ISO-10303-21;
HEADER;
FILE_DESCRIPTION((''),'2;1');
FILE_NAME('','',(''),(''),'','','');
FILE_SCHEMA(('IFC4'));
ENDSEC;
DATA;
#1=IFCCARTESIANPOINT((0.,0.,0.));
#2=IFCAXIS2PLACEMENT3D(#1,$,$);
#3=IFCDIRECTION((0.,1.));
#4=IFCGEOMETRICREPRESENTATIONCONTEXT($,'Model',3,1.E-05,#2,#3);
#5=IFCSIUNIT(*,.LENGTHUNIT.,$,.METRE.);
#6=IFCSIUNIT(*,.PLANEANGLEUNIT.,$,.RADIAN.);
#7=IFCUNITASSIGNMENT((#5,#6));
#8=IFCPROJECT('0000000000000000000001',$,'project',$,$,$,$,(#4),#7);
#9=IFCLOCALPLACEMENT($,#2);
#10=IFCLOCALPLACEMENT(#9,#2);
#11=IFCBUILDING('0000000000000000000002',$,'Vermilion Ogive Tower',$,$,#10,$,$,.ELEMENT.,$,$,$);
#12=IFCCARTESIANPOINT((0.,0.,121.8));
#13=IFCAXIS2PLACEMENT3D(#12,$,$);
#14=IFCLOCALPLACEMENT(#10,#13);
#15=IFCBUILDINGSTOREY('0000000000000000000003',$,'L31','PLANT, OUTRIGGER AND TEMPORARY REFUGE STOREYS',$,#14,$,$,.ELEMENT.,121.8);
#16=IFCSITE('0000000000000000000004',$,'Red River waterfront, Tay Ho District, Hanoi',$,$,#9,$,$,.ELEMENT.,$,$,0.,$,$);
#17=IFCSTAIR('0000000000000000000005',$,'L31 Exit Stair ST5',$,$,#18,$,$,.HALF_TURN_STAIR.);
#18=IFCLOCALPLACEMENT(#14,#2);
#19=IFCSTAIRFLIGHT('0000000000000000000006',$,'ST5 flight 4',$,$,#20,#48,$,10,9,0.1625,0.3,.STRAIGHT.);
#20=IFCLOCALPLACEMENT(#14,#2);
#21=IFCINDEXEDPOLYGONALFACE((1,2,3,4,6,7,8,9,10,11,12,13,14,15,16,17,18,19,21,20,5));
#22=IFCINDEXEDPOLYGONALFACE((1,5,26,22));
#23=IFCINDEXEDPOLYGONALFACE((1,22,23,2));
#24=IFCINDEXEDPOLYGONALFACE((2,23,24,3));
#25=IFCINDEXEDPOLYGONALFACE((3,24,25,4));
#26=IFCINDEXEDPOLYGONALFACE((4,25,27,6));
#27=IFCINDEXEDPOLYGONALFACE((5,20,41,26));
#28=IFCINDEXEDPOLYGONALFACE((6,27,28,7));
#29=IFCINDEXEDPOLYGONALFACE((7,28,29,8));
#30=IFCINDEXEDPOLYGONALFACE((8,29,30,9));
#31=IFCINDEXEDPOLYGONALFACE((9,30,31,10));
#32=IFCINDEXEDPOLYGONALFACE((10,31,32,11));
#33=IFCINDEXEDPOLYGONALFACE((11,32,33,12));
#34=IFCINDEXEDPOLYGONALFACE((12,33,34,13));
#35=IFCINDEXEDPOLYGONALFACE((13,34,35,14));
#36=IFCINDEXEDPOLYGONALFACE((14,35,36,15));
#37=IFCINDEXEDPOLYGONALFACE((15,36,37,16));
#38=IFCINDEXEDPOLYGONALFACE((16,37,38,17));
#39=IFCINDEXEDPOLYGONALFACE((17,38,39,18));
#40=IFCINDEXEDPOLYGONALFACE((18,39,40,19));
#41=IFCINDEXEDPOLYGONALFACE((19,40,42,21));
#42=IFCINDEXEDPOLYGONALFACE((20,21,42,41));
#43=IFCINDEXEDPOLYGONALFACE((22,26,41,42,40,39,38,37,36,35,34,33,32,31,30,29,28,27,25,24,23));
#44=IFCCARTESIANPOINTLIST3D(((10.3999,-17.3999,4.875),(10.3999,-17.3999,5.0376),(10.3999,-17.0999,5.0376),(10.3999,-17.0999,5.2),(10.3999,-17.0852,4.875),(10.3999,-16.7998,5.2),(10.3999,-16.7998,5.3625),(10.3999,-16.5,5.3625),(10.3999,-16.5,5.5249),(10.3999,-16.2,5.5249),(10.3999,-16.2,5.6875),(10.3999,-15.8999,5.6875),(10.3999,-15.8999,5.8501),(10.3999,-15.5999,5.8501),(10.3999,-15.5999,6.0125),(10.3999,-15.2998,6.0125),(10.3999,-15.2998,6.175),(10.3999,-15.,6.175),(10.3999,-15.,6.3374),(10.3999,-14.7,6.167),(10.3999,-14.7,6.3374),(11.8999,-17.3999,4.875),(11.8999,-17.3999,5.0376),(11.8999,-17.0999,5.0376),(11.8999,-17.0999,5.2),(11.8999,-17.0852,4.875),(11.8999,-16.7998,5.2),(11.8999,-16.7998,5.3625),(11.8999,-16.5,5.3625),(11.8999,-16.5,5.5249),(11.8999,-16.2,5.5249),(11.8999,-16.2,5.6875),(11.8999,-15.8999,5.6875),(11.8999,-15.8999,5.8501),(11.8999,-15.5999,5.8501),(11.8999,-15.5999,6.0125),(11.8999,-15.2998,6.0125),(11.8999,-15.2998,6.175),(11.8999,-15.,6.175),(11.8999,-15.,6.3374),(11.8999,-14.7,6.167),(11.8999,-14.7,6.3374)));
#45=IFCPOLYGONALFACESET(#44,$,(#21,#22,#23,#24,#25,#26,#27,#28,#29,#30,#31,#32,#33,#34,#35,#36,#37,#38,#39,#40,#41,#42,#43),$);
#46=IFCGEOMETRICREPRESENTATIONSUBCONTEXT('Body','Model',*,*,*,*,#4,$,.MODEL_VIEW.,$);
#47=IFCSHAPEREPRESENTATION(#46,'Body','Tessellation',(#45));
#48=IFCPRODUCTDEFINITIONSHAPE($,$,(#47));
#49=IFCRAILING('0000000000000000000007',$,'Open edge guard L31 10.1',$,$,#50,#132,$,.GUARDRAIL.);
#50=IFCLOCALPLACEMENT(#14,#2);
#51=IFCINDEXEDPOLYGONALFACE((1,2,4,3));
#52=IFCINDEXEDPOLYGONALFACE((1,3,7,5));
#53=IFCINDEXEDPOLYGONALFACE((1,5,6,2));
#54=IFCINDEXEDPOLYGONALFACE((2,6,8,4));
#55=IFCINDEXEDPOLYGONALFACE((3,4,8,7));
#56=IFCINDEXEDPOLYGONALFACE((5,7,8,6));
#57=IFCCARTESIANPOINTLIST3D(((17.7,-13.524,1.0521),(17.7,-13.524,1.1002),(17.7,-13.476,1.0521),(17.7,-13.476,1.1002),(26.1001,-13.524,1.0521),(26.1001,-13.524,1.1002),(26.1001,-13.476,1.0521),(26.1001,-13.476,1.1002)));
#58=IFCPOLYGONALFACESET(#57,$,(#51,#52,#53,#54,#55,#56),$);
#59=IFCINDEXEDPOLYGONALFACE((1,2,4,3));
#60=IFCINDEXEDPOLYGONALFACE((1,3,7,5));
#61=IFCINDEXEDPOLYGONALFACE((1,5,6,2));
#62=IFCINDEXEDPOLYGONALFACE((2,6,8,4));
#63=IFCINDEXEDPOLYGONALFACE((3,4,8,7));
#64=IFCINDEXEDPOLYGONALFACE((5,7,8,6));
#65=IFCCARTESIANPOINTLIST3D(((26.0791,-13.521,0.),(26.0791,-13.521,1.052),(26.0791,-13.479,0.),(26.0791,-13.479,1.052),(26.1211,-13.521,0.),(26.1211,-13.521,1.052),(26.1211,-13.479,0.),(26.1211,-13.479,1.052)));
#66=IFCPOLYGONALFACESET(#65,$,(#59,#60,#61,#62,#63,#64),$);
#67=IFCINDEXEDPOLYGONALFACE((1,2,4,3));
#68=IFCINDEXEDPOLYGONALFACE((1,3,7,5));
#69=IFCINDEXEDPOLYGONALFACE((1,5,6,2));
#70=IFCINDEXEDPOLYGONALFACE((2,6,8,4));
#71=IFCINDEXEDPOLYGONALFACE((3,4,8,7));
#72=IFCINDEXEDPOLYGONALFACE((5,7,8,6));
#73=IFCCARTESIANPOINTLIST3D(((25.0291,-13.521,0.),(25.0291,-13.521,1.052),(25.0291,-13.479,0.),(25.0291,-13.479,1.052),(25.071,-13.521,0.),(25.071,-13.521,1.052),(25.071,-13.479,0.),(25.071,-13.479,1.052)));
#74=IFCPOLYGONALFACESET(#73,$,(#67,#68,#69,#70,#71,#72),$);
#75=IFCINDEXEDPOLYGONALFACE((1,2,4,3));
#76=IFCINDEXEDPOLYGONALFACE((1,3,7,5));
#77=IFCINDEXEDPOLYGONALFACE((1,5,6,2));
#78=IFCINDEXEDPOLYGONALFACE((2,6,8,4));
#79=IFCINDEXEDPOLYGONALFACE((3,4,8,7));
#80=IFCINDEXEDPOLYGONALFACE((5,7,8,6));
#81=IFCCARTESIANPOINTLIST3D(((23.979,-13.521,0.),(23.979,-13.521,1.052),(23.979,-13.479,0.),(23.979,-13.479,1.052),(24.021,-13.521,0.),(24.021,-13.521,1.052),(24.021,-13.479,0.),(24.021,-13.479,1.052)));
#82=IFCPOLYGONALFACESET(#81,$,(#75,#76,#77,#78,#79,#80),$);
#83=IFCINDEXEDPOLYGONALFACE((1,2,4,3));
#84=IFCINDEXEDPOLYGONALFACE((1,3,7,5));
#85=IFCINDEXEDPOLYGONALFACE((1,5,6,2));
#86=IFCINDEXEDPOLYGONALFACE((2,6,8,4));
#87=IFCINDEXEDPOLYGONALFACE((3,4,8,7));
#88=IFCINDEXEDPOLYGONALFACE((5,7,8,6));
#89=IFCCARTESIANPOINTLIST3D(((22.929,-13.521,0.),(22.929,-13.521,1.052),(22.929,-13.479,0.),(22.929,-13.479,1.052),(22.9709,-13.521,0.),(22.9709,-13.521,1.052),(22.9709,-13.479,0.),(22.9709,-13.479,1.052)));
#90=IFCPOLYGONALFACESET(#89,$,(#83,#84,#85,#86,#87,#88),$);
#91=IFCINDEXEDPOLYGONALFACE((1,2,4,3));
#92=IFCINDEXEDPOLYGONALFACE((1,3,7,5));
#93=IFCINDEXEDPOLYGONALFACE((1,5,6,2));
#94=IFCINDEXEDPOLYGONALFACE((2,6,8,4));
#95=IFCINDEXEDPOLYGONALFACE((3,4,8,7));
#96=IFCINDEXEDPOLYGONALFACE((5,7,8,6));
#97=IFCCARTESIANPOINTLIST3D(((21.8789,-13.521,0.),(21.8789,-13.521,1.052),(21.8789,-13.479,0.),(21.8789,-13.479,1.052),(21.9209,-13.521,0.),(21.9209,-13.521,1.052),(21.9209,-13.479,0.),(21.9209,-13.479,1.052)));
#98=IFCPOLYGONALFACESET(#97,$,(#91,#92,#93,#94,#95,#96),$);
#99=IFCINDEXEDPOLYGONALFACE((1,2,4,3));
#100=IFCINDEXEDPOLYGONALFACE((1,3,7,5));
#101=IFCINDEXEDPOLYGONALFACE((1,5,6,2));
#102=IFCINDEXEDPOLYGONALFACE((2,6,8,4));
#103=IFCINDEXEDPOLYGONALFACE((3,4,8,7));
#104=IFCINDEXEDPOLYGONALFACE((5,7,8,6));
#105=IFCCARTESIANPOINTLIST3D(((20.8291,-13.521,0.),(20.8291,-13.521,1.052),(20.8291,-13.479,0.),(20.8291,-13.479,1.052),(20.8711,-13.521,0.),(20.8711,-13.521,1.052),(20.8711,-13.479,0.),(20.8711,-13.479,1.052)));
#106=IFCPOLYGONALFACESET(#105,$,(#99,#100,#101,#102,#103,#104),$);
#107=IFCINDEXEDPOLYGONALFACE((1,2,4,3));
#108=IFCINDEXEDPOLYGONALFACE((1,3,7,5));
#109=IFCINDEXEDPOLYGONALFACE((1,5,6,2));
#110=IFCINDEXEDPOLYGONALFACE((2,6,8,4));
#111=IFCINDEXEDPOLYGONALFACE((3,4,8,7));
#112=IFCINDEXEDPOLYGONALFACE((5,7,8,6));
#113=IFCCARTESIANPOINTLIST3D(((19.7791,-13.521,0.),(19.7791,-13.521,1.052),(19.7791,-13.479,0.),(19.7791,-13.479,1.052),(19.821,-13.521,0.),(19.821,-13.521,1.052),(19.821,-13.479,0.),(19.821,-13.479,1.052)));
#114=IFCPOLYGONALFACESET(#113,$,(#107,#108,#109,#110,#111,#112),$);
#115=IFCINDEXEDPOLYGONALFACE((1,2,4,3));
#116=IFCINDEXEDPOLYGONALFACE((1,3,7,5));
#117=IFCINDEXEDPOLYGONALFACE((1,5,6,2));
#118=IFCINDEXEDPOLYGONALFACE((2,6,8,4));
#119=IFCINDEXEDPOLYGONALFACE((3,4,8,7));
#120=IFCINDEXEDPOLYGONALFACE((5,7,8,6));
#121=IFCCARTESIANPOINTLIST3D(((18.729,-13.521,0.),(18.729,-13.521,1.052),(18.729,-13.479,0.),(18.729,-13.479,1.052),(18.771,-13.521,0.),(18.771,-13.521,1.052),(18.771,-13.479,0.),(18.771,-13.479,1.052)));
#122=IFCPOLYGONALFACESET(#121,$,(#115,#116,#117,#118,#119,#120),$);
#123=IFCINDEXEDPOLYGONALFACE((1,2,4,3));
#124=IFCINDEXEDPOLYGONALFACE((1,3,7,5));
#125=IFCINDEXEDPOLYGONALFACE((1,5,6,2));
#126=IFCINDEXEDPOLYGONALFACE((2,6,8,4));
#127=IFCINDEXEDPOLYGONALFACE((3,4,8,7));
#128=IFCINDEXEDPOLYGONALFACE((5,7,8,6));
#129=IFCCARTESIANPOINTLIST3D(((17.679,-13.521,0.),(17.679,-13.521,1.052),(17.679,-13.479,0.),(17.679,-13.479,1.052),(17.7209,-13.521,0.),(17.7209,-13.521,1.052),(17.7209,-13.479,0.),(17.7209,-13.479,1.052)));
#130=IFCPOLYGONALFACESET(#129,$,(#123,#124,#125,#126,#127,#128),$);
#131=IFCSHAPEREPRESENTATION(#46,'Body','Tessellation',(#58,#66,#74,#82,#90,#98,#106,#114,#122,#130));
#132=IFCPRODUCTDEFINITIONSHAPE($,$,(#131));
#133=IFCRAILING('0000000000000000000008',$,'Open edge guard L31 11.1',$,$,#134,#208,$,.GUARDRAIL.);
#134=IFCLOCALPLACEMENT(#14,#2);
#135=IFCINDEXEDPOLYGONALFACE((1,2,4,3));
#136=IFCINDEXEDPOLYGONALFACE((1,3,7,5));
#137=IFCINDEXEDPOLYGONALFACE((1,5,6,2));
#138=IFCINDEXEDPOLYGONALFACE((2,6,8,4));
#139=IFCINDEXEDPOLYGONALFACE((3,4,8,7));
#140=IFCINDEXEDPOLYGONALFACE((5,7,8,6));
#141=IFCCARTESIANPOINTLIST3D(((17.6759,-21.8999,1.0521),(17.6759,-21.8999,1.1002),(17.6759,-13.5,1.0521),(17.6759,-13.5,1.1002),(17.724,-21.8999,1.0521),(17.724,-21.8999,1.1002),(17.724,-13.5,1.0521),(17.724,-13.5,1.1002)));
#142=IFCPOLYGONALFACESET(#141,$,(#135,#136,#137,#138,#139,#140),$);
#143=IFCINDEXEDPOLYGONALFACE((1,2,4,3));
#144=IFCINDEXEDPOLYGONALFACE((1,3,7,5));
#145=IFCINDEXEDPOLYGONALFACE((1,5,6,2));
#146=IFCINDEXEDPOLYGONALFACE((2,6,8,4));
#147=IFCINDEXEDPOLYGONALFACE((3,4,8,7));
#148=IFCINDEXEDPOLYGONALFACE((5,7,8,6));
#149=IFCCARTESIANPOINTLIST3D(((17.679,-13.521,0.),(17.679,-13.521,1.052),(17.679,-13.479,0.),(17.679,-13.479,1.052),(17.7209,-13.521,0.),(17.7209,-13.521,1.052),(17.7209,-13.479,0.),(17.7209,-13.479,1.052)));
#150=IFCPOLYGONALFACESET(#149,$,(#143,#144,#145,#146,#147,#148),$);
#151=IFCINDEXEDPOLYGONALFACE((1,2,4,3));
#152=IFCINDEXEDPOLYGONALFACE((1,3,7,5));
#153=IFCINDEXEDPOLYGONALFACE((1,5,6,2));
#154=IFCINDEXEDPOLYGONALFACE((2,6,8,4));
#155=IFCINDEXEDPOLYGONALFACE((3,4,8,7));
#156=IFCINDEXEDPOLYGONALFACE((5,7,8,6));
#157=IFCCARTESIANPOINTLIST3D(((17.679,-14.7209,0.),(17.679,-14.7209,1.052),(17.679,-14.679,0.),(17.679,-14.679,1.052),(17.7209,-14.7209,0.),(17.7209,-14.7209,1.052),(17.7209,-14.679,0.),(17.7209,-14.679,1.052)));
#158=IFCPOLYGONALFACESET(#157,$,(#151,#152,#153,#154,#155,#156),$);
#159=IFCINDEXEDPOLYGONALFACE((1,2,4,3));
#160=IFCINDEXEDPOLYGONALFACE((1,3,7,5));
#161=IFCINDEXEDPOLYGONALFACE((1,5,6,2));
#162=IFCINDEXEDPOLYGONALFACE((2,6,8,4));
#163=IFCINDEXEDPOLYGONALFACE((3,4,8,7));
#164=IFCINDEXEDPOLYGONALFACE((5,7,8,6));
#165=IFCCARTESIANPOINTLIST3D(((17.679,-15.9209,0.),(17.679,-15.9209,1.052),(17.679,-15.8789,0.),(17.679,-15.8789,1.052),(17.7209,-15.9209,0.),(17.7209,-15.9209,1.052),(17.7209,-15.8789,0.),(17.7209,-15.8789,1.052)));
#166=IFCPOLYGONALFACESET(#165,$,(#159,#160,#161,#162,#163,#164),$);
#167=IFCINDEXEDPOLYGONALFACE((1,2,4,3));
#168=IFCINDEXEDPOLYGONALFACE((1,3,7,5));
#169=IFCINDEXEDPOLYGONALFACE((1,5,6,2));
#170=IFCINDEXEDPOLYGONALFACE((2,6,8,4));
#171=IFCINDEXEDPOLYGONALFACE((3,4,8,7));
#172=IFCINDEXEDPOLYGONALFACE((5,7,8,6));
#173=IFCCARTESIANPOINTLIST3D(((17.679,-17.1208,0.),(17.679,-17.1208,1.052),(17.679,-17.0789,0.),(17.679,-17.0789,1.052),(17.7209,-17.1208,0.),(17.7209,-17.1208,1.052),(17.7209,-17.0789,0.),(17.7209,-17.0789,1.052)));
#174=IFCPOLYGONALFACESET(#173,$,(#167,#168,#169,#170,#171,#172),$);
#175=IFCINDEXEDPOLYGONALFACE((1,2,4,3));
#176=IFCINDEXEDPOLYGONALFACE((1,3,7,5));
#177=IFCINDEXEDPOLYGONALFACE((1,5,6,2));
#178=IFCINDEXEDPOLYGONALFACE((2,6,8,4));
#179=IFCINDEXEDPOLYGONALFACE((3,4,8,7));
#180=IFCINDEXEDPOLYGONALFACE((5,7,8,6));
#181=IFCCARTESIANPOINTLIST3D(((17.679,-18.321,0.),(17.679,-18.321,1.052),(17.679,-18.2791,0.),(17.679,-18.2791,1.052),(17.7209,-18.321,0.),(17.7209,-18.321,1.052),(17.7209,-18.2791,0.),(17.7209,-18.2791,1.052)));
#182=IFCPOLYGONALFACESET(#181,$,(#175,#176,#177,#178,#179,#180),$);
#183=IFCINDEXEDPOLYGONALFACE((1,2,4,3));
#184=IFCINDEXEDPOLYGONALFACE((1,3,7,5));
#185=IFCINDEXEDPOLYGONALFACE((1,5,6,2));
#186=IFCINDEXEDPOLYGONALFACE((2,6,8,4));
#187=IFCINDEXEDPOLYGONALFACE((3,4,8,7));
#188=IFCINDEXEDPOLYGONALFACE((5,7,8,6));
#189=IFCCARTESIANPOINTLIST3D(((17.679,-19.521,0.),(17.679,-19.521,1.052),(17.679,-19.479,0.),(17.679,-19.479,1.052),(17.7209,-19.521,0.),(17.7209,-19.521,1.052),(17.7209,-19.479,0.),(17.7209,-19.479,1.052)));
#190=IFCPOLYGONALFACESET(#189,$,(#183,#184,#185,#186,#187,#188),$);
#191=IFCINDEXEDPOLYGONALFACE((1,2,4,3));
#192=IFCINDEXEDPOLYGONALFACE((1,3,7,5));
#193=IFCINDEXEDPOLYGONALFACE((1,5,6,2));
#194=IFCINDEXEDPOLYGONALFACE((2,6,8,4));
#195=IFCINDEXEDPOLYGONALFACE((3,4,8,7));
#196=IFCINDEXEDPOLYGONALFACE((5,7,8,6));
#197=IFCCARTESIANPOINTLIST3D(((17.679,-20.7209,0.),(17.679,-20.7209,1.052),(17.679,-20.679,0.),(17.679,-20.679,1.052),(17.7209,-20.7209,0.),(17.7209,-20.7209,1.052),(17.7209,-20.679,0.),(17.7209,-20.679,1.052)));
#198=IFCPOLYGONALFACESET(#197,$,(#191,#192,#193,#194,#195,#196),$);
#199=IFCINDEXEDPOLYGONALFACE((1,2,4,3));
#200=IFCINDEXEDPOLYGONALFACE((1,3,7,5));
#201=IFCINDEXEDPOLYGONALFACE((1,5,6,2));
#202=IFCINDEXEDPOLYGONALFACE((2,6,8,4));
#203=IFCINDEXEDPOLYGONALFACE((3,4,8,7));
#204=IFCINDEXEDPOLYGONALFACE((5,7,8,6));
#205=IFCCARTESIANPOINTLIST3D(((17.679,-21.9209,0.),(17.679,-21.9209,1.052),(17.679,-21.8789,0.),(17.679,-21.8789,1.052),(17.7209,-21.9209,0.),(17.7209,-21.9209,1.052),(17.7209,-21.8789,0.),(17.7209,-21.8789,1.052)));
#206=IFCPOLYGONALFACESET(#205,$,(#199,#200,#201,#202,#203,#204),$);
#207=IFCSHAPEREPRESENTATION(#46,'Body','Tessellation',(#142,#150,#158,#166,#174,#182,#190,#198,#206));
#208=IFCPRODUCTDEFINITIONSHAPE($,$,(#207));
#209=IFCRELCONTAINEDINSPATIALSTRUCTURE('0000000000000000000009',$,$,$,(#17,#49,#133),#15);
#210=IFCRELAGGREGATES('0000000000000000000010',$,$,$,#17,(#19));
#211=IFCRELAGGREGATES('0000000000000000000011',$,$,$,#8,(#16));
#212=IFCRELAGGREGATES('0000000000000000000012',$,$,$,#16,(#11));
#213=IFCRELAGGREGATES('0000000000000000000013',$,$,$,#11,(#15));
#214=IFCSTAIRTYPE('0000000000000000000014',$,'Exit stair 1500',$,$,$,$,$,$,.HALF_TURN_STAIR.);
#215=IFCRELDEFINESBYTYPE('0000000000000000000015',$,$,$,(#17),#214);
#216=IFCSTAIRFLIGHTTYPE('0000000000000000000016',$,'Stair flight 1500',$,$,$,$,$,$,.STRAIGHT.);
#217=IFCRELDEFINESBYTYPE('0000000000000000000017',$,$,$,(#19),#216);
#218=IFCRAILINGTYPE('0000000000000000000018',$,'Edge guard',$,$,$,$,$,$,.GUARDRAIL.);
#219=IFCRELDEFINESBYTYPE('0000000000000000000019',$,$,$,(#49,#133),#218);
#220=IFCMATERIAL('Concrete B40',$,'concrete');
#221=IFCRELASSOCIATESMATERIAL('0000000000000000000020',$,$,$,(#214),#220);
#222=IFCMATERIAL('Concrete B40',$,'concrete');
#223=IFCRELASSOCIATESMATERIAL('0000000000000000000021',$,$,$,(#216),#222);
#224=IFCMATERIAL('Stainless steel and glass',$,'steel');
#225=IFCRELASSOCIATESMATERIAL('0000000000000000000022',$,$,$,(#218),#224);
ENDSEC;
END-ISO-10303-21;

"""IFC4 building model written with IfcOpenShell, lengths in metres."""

from ifc_helpers import new_model, si_unit, direction, frame, origin, origin_2d, place, context, subcontext, project, spatial, polyline, rectangle, outline, extrude, material, type_object, element, aggregate, save


model = new_model("IFC4")

# Units and contexts
model_context = context("Model", 3, precision=1e-05, world=origin(), true_north=direction((0.0, 1.0)))
body_context = subcontext(model_context, "Body", "Model", "MODEL_VIEW")
ifc_project = project(units=[si_unit("LENGTHUNIT", "METRE"), si_unit("PLANEANGLEUNIT", "RADIAN")], contexts=[model_context])

# Site, building, storey
site_placement = place(None, origin())
site = spatial("IfcSite", under=ifc_project, at=site_placement, Name="Red River waterfront, Tay Ho District, Hanoi", CompositionType="ELEMENT", RefElevation=0.0)
building_placement = place(site_placement, origin())
building = spatial("IfcBuilding", under=site, at=building_placement, Name="Vermilion Ogive Tower", CompositionType="ELEMENT")
storey_placement = place(building_placement, frame((0.0, 0.0, 121.8)))
storey = spatial("IfcBuildingStorey", under=building, at=storey_placement, Name="L31", Description="PLANT, OUTRIGGER AND TEMPORARY REFUGE STOREYS", CompositionType="ELEMENT", Elevation=121.8)

# Stair, stair flight
ifc_material_1 = material(Name="Concrete B40", Category="concrete")
stair_type = type_object("IfcStairType", Name="Exit stair 1500", PredefinedType="HALF_TURN_STAIR", material=ifc_material_1)
stair_placement = place(storey_placement, origin())
stair = element("IfcStair", 1, at=stair_placement, inside=storey, type_object=stair_type, Name="L31 Exit Stair ST5", PredefinedType="HALF_TURN_STAIR")
ifc_material_2 = material(Name="Concrete B40", Category="concrete")
stair_flight_type = type_object("IfcStairFlightType", Name="Stair flight 1500", PredefinedType="STRAIGHT", material=ifc_material_2)
stair_flight_1_placement = place(storey_placement, frame((11.1499, -17.3999, 4.875), z_axis=(0.0, 0.0, 1.0), x_axis=(0.0, 1.0, 0.0)))
stair_flight_1 = element("IfcStairFlight", 2, at=stair_flight_1_placement, type_object=stair_flight_type, Name="ST5 flight 4", NumberOfRisers=10, NumberOfTreads=9, PredefinedType="STRAIGHT", RiserHeight=0.1625, TreadLength=0.3, context=body_context, shape_type="SweptSolid", body=[
    extrude(outline(polyline([(0.0, 0.0), (0.0, 0.1626), (0.3, 0.1626), (0.3, 0.325), (0.6001, 0.325), (0.6001, 0.4875), (0.8999, 0.4875), (0.8999, 0.6499), (1.2, 0.6499), (1.2, 0.8125), (1.5, 0.8125), (1.5, 0.9751), (1.8, 0.9751), (1.8, 1.1375), (2.1001, 1.1375), (2.1001, 1.3), (2.3999, 1.3), (2.3999, 1.4624), (2.7, 1.4624), (2.7, 1.625), (2.7, 1.292), (0.3147, 0.0), (0.0, 0.0)])), frame((0.0, 0.75, 0.0), z_axis=(0.0, -1.0, 0.0), x_axis=(1.0, 0.0, 0.0)), (0.0, 0.0, 1.0), 1.5),
])
aggregate(stair, [stair_flight_1])

# Railings
ifc_material_3 = material(Name="Stainless steel and glass", Category="steel")
railing_type_1 = type_object("IfcRailingType", Name="Edge guard", PredefinedType="GUARDRAIL", material=ifc_material_3)
railing_1_placement = place(storey_placement, frame((26.1001, -13.5, 0.0)))
element("IfcRailing", 3, at=railing_1_placement, inside=storey, type_object=railing_type_1, Name="Open edge guard L31 10.1", PredefinedType="GUARDRAIL", context=body_context, shape_type="SweptSolid", body=[
    extrude(rectangle(XDim=0.0481, YDim=0.0481, at=origin_2d()), frame((0.0, 0.0, 1.0762), z_axis=(-1.0, 0.0, 0.0), x_axis=(0.0, -1.0, 0.0)), (0.0, 0.0, 1.0), 8.4001),
    extrude(rectangle(XDim=0.042, YDim=0.042, at=origin_2d()), origin(), (0.0, 0.0, 1.0), 1.052),
    extrude(rectangle(XDim=0.042, YDim=0.042, at=origin_2d()), frame((-1.05, 0.0, 0.0)), (0.0, 0.0, 1.0), 1.052),
    extrude(rectangle(XDim=0.042, YDim=0.042, at=origin_2d()), frame((-2.1001, 0.0, 0.0)), (0.0, 0.0, 1.0), 1.052),
    extrude(rectangle(XDim=0.042, YDim=0.042, at=origin_2d()), frame((-3.1501, 0.0, 0.0)), (0.0, 0.0, 1.0), 1.052),
    extrude(rectangle(XDim=0.042, YDim=0.042, at=origin_2d()), frame((-4.2002, 0.0, 0.0)), (0.0, 0.0, 1.0), 1.052),
    extrude(rectangle(XDim=0.042, YDim=0.042, at=origin_2d()), frame((-5.25, 0.0, 0.0)), (0.0, 0.0, 1.0), 1.052),
    extrude(rectangle(XDim=0.042, YDim=0.042, at=origin_2d()), frame((-6.3, 0.0, 0.0)), (0.0, 0.0, 1.0), 1.052),
    extrude(rectangle(XDim=0.042, YDim=0.042, at=origin_2d()), frame((-7.3501, 0.0, 0.0)), (0.0, 0.0, 1.0), 1.052),
    extrude(rectangle(XDim=0.042, YDim=0.042, at=origin_2d()), frame((-8.4001, 0.0, 0.0)), (0.0, 0.0, 1.0), 1.052),
])
railing_2_placement = place(storey_placement, frame((17.7, -13.5, 0.0)))
element("IfcRailing", 4, at=railing_2_placement, inside=storey, type_object=railing_type_1, Name="Open edge guard L31 11.1", PredefinedType="GUARDRAIL", context=body_context, shape_type="SweptSolid", body=[
    extrude(rectangle(XDim=0.0481, YDim=0.0481, at=origin_2d()), frame((0.0, 0.0, 1.0762), z_axis=(0.0, -1.0, 0.0), x_axis=(1.0, 0.0, 0.0)), (0.0, 0.0, 1.0), 8.3999),
    extrude(rectangle(XDim=0.042, YDim=0.042, at=origin_2d()), origin(), (0.0, 0.0, 1.0), 1.052),
    extrude(rectangle(XDim=0.042, YDim=0.042, at=origin_2d()), frame((0.0, -1.2, 0.0)), (0.0, 0.0, 1.0), 1.052),
    extrude(rectangle(XDim=0.042, YDim=0.042, at=origin_2d()), frame((0.0, -2.3999, 0.0)), (0.0, 0.0, 1.0), 1.052),
    extrude(rectangle(XDim=0.042, YDim=0.042, at=origin_2d()), frame((0.0, -3.5999, 0.0)), (0.0, 0.0, 1.0), 1.052),
    extrude(rectangle(XDim=0.042, YDim=0.042, at=origin_2d()), frame((0.0, -4.8, 0.0)), (0.0, 0.0, 1.0), 1.052),
    extrude(rectangle(XDim=0.042, YDim=0.042, at=origin_2d()), frame((0.0, -6.0, 0.0)), (0.0, 0.0, 1.0), 1.052),
    extrude(rectangle(XDim=0.042, YDim=0.042, at=origin_2d()), frame((0.0, -7.2, 0.0)), (0.0, 0.0, 1.0), 1.052),
    extrude(rectangle(XDim=0.042, YDim=0.042, at=origin_2d()), frame((0.0, -8.3999, 0.0)), (0.0, 0.0, 1.0), 1.052),
])

save(model, "model.ifc")
